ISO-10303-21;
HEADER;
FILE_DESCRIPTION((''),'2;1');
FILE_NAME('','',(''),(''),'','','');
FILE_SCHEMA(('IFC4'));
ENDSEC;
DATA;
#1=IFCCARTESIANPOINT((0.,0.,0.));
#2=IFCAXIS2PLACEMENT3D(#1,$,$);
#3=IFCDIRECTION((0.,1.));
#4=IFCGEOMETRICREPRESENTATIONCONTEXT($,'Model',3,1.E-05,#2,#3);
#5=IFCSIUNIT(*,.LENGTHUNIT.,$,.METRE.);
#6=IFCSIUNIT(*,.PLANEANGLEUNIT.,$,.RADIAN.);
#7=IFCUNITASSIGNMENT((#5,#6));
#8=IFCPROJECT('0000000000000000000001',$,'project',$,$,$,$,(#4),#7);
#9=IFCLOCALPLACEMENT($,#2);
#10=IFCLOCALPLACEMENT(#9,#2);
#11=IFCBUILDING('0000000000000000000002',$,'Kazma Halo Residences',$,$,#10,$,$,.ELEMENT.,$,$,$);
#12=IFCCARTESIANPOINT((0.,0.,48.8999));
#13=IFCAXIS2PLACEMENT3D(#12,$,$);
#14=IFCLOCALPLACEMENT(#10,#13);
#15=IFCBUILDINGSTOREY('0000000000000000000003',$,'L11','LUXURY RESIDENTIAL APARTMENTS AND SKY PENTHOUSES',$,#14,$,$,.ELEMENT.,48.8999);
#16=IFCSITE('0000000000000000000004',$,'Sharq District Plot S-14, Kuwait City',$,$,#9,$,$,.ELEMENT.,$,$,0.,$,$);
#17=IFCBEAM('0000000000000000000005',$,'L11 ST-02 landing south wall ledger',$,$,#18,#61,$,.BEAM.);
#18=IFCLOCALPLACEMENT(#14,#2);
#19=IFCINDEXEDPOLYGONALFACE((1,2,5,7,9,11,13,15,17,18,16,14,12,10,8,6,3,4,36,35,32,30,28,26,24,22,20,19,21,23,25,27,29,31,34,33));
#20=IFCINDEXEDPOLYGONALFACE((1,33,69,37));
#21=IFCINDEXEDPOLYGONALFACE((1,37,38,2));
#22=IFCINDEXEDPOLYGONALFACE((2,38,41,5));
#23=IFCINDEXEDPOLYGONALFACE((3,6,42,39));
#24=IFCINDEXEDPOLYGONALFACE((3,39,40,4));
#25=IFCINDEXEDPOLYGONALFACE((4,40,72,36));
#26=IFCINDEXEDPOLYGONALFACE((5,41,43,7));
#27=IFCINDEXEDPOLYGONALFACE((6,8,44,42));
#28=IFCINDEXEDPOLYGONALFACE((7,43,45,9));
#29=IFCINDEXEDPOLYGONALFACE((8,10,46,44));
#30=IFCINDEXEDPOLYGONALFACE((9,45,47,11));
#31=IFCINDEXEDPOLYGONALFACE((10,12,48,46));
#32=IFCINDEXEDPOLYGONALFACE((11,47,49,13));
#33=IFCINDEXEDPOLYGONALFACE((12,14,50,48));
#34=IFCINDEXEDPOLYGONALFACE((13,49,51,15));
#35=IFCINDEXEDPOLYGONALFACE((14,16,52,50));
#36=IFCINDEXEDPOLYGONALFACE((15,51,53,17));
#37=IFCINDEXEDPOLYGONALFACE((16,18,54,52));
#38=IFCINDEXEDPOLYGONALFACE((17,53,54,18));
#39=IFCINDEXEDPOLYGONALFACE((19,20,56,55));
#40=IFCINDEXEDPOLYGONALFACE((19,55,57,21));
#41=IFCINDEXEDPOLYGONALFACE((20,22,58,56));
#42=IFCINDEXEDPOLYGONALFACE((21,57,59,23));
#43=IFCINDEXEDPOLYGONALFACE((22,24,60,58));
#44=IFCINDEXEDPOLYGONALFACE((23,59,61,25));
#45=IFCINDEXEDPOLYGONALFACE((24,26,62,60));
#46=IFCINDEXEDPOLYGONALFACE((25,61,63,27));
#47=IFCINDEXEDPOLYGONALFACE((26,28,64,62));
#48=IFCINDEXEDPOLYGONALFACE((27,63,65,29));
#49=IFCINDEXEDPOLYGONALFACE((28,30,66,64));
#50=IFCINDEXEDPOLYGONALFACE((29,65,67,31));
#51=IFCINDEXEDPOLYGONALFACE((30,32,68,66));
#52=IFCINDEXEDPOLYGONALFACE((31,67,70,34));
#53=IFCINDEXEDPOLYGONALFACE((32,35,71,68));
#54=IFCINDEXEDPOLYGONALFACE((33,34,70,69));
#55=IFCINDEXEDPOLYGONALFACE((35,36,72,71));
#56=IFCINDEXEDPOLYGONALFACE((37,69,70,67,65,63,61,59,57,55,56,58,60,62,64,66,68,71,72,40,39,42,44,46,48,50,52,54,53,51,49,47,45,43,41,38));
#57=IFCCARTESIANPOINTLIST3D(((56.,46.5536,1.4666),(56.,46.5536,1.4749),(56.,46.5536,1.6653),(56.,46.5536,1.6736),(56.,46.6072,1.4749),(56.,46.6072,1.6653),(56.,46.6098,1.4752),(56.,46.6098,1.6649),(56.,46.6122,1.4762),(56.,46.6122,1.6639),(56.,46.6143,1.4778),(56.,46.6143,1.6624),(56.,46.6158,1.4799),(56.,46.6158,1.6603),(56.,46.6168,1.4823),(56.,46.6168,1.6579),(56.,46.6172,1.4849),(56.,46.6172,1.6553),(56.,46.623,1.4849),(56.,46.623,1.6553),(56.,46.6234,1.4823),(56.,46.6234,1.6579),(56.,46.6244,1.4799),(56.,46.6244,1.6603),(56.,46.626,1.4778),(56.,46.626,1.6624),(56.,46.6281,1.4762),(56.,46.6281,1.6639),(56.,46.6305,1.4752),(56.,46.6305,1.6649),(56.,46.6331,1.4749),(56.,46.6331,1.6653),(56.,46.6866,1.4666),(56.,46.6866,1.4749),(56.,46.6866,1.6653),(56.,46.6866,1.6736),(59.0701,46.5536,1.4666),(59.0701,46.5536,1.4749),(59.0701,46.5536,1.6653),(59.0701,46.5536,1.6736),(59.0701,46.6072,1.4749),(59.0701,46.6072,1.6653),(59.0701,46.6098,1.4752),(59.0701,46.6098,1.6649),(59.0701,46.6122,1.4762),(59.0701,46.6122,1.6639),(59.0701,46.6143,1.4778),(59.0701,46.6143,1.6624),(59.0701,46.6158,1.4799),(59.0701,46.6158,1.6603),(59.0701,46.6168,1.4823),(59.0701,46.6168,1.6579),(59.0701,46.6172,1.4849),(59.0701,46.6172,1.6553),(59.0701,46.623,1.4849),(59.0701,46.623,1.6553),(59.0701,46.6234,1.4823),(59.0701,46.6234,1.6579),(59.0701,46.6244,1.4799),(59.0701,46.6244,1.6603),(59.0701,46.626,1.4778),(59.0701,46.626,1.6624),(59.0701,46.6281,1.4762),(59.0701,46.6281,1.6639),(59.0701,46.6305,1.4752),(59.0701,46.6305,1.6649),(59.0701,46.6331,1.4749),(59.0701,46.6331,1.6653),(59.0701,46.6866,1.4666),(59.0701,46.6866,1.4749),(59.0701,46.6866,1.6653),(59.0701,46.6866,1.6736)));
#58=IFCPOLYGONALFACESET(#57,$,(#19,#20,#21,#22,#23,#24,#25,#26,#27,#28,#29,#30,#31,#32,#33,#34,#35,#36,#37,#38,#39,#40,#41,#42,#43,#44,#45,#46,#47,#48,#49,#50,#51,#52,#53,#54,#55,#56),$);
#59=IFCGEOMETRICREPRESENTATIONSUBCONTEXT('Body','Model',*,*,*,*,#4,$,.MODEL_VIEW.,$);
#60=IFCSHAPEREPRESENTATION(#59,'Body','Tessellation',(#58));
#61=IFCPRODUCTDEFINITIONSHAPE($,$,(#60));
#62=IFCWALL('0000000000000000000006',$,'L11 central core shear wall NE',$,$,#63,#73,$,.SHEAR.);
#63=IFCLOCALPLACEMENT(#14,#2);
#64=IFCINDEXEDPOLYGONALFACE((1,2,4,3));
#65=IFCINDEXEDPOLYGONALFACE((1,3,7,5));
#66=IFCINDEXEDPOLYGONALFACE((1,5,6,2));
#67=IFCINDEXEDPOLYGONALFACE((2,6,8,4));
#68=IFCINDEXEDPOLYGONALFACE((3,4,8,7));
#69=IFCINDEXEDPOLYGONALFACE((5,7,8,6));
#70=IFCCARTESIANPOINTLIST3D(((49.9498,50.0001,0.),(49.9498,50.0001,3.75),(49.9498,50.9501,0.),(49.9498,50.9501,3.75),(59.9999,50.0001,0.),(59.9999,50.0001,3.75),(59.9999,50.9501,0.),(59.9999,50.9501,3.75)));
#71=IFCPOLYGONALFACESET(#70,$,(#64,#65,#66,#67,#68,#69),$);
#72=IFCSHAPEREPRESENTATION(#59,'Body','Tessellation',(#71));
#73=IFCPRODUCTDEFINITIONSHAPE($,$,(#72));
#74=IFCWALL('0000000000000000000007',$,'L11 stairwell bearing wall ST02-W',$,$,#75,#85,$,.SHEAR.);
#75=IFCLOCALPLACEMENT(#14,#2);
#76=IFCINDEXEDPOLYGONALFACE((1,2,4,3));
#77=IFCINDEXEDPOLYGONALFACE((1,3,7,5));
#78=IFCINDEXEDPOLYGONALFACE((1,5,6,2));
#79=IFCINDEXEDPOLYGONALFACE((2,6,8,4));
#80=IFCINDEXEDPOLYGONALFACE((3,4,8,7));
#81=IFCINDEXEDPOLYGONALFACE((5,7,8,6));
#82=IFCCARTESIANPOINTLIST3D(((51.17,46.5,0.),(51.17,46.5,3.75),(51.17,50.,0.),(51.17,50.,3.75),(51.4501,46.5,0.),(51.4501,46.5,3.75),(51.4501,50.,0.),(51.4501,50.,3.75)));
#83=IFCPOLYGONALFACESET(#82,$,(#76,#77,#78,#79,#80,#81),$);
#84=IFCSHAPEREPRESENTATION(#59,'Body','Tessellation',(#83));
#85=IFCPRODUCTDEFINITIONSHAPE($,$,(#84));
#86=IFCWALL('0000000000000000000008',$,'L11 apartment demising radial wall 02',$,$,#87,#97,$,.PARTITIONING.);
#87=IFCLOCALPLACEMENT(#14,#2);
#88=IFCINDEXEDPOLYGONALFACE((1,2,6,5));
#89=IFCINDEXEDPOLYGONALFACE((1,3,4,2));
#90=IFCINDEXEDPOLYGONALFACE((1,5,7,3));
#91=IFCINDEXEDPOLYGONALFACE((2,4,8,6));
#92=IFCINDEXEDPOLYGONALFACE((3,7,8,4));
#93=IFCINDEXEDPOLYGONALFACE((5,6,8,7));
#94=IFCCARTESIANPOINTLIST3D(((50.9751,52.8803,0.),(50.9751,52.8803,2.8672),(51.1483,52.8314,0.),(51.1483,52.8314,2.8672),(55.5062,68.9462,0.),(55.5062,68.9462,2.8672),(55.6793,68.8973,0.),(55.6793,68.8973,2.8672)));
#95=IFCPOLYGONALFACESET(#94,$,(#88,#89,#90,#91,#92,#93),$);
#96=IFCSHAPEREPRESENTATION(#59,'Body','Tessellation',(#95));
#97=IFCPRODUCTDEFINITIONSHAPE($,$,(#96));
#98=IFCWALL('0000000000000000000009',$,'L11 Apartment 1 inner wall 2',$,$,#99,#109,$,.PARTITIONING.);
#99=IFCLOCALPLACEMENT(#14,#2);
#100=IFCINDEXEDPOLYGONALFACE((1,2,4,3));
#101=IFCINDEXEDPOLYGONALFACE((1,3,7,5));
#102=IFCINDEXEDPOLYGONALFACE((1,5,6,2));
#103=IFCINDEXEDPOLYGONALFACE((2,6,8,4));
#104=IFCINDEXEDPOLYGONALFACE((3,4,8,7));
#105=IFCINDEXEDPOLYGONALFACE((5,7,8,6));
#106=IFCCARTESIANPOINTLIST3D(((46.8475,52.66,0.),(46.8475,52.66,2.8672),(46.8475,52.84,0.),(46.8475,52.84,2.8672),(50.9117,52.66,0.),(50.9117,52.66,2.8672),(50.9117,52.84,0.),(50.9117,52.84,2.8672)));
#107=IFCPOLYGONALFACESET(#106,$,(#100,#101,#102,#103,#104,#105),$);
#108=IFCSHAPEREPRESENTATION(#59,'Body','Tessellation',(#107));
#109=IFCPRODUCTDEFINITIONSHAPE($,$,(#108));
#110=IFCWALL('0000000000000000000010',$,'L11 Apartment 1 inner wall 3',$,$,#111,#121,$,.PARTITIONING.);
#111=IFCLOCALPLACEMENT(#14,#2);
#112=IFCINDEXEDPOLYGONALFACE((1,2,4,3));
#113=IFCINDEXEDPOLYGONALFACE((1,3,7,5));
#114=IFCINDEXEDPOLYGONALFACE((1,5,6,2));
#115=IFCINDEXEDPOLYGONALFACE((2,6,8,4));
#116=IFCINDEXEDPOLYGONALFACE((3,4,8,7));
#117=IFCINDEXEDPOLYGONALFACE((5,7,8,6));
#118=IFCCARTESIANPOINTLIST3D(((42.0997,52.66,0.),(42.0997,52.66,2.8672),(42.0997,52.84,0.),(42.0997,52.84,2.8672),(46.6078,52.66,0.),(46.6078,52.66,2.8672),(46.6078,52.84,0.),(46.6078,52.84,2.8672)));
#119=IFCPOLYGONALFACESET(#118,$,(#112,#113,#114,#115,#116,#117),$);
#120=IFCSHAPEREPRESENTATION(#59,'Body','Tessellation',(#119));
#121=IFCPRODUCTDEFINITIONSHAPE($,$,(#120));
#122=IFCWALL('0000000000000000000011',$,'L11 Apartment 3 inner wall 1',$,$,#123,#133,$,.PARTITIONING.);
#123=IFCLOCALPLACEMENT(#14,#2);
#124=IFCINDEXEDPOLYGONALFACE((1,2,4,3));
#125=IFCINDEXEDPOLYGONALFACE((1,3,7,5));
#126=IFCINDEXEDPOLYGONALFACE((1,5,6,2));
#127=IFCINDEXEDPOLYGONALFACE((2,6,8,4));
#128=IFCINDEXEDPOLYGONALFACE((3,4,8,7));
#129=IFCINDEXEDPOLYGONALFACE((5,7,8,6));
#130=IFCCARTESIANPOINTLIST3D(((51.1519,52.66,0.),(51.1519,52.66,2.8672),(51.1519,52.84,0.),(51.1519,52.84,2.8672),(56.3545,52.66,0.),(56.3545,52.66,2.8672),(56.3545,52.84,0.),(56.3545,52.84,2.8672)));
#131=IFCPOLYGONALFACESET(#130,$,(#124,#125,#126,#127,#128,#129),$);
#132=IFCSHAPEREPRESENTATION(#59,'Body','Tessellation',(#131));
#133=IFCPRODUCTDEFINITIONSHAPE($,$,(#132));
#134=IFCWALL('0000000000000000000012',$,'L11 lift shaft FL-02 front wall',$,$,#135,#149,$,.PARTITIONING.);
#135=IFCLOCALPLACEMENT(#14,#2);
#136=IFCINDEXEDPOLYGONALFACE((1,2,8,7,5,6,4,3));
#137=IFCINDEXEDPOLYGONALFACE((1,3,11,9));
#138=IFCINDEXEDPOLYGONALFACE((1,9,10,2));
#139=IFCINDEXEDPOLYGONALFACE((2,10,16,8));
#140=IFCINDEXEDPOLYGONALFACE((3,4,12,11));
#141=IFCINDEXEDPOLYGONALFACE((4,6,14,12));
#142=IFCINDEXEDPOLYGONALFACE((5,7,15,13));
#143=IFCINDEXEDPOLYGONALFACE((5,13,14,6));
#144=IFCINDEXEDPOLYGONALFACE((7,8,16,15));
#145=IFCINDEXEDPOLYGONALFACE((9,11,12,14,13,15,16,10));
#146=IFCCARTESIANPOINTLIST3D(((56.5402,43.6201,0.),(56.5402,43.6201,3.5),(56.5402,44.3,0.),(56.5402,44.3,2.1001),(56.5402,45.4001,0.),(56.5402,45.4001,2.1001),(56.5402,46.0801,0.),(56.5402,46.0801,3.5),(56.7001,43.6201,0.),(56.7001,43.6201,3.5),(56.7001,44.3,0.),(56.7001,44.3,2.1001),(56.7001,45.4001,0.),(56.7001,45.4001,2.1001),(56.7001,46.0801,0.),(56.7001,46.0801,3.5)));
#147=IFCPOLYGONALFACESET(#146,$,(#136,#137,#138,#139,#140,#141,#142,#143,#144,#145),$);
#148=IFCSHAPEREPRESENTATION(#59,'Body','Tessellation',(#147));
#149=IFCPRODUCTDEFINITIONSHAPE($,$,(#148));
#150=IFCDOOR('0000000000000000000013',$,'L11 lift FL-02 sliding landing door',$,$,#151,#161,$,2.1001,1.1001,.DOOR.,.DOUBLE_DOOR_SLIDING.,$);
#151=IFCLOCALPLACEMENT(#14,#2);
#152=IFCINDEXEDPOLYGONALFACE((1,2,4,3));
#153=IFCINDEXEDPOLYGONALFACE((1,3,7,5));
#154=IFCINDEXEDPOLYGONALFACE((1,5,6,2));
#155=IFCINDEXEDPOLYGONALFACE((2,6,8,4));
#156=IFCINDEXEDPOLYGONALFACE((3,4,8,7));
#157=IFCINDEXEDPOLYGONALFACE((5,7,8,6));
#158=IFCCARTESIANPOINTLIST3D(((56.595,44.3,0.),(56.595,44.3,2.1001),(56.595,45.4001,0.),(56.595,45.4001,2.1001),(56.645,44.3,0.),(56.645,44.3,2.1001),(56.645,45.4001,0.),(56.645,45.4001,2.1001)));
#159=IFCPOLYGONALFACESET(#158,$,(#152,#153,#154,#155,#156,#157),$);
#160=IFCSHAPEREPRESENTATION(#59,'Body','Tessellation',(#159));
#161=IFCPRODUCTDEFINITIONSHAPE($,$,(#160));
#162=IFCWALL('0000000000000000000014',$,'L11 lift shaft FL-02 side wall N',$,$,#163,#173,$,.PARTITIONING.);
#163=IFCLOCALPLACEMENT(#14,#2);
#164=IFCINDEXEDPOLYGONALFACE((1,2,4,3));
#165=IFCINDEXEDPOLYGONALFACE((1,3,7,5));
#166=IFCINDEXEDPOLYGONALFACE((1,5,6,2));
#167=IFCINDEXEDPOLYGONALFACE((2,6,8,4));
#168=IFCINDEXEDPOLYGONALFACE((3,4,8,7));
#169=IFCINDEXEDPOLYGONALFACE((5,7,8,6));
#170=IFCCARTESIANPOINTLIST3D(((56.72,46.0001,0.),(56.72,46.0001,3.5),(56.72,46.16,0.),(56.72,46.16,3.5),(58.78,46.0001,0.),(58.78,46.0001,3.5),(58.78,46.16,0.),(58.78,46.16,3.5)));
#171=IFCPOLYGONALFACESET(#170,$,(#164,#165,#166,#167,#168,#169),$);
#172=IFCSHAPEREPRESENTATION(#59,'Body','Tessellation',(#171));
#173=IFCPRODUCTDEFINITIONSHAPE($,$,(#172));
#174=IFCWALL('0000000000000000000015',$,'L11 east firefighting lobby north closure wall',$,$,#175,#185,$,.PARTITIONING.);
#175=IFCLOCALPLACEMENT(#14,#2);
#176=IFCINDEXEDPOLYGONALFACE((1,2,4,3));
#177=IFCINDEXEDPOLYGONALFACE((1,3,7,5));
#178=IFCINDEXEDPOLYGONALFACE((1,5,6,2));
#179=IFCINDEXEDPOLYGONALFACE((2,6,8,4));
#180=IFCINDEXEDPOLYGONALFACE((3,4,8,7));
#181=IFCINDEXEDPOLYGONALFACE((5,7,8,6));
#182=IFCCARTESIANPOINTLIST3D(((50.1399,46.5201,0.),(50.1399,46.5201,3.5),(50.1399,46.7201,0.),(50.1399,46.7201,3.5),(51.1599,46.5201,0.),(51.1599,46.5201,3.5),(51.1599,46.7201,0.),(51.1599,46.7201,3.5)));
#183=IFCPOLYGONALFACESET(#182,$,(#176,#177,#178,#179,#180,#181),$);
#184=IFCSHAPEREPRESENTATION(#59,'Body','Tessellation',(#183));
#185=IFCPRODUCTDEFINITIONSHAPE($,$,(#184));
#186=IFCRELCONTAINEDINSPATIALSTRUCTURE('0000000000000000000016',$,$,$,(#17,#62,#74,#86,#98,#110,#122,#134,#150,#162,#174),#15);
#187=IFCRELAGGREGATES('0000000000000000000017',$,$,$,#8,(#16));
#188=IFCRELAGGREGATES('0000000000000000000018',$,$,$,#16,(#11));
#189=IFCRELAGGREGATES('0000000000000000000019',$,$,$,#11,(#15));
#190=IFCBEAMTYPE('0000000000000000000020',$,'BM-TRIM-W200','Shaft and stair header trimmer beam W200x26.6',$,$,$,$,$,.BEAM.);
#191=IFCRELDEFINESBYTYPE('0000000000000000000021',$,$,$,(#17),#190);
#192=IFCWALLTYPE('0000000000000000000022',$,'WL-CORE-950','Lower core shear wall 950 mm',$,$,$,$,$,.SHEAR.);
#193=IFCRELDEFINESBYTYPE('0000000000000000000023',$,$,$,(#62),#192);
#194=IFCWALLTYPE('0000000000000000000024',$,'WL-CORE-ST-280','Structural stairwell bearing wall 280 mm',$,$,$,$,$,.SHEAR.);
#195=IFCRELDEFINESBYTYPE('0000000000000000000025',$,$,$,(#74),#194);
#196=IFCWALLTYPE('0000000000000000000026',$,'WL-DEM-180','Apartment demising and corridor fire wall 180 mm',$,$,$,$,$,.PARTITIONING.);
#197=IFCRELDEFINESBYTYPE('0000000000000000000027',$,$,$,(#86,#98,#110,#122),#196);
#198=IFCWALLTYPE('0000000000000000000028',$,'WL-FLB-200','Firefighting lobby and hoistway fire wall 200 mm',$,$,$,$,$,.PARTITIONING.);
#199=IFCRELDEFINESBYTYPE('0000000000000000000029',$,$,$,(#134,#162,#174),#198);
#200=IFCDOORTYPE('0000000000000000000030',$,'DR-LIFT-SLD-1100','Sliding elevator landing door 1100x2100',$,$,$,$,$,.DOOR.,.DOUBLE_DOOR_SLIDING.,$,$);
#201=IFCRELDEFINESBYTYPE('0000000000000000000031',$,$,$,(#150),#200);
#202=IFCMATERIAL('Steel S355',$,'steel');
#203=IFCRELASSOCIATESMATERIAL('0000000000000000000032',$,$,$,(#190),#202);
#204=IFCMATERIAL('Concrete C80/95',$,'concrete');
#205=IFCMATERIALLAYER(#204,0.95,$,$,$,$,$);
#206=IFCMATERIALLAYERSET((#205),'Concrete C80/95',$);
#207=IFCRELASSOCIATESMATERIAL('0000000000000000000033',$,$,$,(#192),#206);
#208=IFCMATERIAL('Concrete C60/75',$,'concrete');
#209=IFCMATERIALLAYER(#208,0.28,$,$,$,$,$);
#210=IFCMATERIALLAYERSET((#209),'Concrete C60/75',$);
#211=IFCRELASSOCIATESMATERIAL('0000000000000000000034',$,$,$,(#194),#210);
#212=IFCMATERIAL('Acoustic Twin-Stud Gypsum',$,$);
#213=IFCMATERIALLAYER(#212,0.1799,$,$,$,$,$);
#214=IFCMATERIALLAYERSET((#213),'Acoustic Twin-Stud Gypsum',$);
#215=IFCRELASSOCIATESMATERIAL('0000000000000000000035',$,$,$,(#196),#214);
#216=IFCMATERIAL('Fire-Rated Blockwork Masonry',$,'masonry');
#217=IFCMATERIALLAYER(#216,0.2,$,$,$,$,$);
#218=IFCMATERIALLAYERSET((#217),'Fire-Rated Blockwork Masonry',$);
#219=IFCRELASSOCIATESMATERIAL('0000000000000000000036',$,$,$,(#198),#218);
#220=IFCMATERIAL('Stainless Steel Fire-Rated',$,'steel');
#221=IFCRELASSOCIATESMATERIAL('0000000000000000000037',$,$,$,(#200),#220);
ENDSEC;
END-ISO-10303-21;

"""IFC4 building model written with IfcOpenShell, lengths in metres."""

from ifc_helpers import new_model, si_unit, direction, frame, frame_2d, origin, origin_2d, place, context, subcontext, project, spatial, rectangle, i_section, extrude, material, layer, layer_set, material_profile, profile_set, type_object, element, fill, save


model = new_model("IFC4")

# Units and contexts
model_context = context("Model", 3, precision=1e-05, world=origin(), true_north=direction((0.0, 1.0)))
body_context = subcontext(model_context, "Body", "Model", "MODEL_VIEW")
ifc_project = project(units=[si_unit("LENGTHUNIT", "METRE"), si_unit("PLANEANGLEUNIT", "RADIAN")], contexts=[model_context])

# Site, building, storey
site_placement = place(None, origin())
site = spatial("IfcSite", under=ifc_project, at=site_placement, Name="Sharq District Plot S-14, Kuwait City", CompositionType="ELEMENT", RefElevation=0.0)
building_placement = place(site_placement, origin())
building = spatial("IfcBuilding", under=site, at=building_placement, Name="Kazma Halo Residences", CompositionType="ELEMENT")
storey_placement = place(building_placement, frame((0.0, 0.0, 48.8999)))
storey = spatial("IfcBuildingStorey", under=building, at=storey_placement, Name="L11", Description="LUXURY RESIDENTIAL APARTMENTS AND SKY PENTHOUSES", CompositionType="ELEMENT", Elevation=48.8999)

# Shared definitions
ifc_material_1 = material(Name="Steel S355", Category="steel")

# Beam
ifc_material_profile_1 = material_profile(ifc_material_1, i_section(OverallWidth=0.1331, OverallDepth=0.207, WebThickness=0.0059, FlangeThickness=0.0083, FilletRadius=0.01, at=origin_2d()), Name="W200x26.6")
ifc_profile_set_1 = profile_set([ifc_material_profile_1], Name="Steel S355")
beam_type_1 = type_object("IfcBeamType", Name="BM-TRIM-W200", Description="Shaft and stair header trimmer beam W200x26.6", PredefinedType="BEAM", material=ifc_profile_set_1)
beam_1_placement = place(storey_placement, frame((56.0, 46.6201, 1.5701), z_axis=(1.0, 0.0, 0.0), x_axis=(0.0, 1.0, 0.0)))
element("IfcBeam", 1, at=beam_1_placement, inside=storey, type_object=beam_type_1, Name="L11 ST-02 landing south wall ledger", PredefinedType="BEAM", context=body_context, shape_type="SweptSolid", body=[
    extrude(i_section(OverallWidth=0.1331, OverallDepth=0.207, WebThickness=0.0059, FlangeThickness=0.0083, FilletRadius=0.01, at=origin_2d()), origin(), (0.0, 0.0, 1.0), 3.0701),
])

# Walls
ifc_material_2 = material(Name="Concrete C80/95", Category="concrete")
ifc_layer_1 = layer(ifc_material_2, 0.95)
ifc_layer_set_1 = layer_set([ifc_layer_1], Name="Concrete C80/95")
wall_type_1 = type_object("IfcWallType", Name="WL-CORE-950", Description="Lower core shear wall 950 mm", PredefinedType="SHEAR", material=ifc_layer_set_1)
wall_1_placement = place(storey_placement, frame((49.95, 50.4751, 0.0), z_axis=(0.0, 0.0, 1.0), x_axis=(1.0, 0.0, 0.0)))
element("IfcWall", 2, at=wall_1_placement, inside=storey, type_object=wall_type_1, Name="L11 central core shear wall NE", PredefinedType="SHEAR", context=body_context, shape_type="SweptSolid", body=[
    extrude(rectangle(XDim=10.05, YDim=0.95, at=frame_2d((5.0249, 0.0))), origin(), (0.0, 0.0, 1.0), 3.75),
])
ifc_material_3 = material(Name="Concrete C60/75", Category="concrete")
ifc_layer_2 = layer(ifc_material_3, 0.28)
ifc_layer_set_2 = layer_set([ifc_layer_2], Name="Concrete C60/75")
wall_type_2 = type_object("IfcWallType", Name="WL-CORE-ST-280", Description="Structural stairwell bearing wall 280 mm", PredefinedType="SHEAR", material=ifc_layer_set_2)
wall_2_placement = place(storey_placement, frame((51.3101, 46.5, 0.0), z_axis=(0.0, 0.0, 1.0), x_axis=(0.0, 1.0, 0.0)))
element("IfcWall", 3, at=wall_2_placement, inside=storey, type_object=wall_type_2, Name="L11 stairwell bearing wall ST02-W", PredefinedType="SHEAR", context=body_context, shape_type="SweptSolid", body=[
    extrude(rectangle(XDim=3.5, YDim=0.28, at=frame_2d((1.75, 0.0))), origin(), (0.0, 0.0, 1.0), 3.75),
])
ifc_material_4 = material(Name="Acoustic Twin-Stud Gypsum")
ifc_layer_3 = layer(ifc_material_4, 0.1799)
ifc_layer_set_3 = layer_set([ifc_layer_3], Name="Acoustic Twin-Stud Gypsum")
wall_type_3 = type_object("IfcWallType", Name="WL-DEM-180", Description="Apartment demising and corridor fire wall 180 mm", PredefinedType="PARTITIONING", material=ifc_layer_set_3)
wall_3_placement = place(storey_placement, frame((51.0618, 52.856, 0.0), z_axis=(0.0, 0.0, 1.0), x_axis=(0.271438, 0.962456, 0.0)))
element("IfcWall", 4, at=wall_3_placement, inside=storey, type_object=wall_type_3, Name="L11 apartment demising radial wall 02", PredefinedType="PARTITIONING", context=body_context, shape_type="SweptSolid", body=[
    extrude(rectangle(XDim=16.6926, YDim=0.1799, at=frame_2d((8.3462, 0.0))), origin(), (0.0, 0.0, 1.0), 2.8672),
])
wall_4_placement = place(storey_placement, frame((50.9119, 52.75, 0.0), z_axis=(0.0, 0.0, 1.0), x_axis=(-1.0, 0.0, 0.0)))
element("IfcWall", 5, at=wall_4_placement, inside=storey, type_object=wall_type_3, Name="L11 Apartment 1 inner wall 2", PredefinedType="PARTITIONING", context=body_context, shape_type="SweptSolid", body=[
    extrude(rectangle(XDim=4.0642, YDim=0.1799, at=frame_2d((2.0322, 0.0))), origin(), (0.0, 0.0, 1.0), 2.8672),
])
wall_5_placement = place(storey_placement, frame((46.6077, 52.75, 0.0), z_axis=(0.0, 0.0, 1.0), x_axis=(-1.0, 0.0, 0.0)))
element("IfcWall", 6, at=wall_5_placement, inside=storey, type_object=wall_type_3, Name="L11 Apartment 1 inner wall 3", PredefinedType="PARTITIONING", context=body_context, shape_type="SweptSolid", body=[
    extrude(rectangle(XDim=4.5081, YDim=0.1799, at=frame_2d((2.2539, 0.0))), origin(), (0.0, 0.0, 1.0), 2.8672),
])
wall_6_placement = place(storey_placement, frame((56.3545, 52.75, 0.0), z_axis=(0.0, 0.0, 1.0), x_axis=(-1.0, 0.0, 0.0)))
element("IfcWall", 7, at=wall_6_placement, inside=storey, type_object=wall_type_3, Name="L11 Apartment 3 inner wall 1", PredefinedType="PARTITIONING", context=body_context, shape_type="SweptSolid", body=[
    extrude(rectangle(XDim=5.2026, YDim=0.1799, at=frame_2d((2.6013, 0.0))), origin(), (0.0, 0.0, 1.0), 2.8672),
])

# Wall, opening, door
ifc_material_5 = material(Name="Fire-Rated Blockwork Masonry", Category="masonry")
ifc_layer_4 = layer(ifc_material_5, 0.2)
ifc_layer_set_4 = layer_set([ifc_layer_4], Name="Fire-Rated Blockwork Masonry")
wall_type_4 = type_object("IfcWallType", Name="WL-FLB-200", Description="Firefighting lobby and hoistway fire wall 200 mm", PredefinedType="PARTITIONING", material=ifc_layer_set_4)
wall_7_placement = place(storey_placement, frame((56.6201, 46.0801, 0.0), z_axis=(0.0, 0.0, 1.0), x_axis=(0.0, -1.0, 0.0)))
wall_7 = element("IfcWall", 8, at=wall_7_placement, inside=storey, type_object=wall_type_4, Name="L11 lift shaft FL-02 front wall", PredefinedType="PARTITIONING", context=body_context, shape_type="SweptSolid", body=[
    extrude(rectangle(XDim=2.46, YDim=0.1599, at=frame_2d((1.23, 0.0))), origin(), (0.0, 0.0, 1.0), 3.5),
])
opening_1_placement = place(wall_7_placement, frame((0.6799, 0.0, 0.0)))
opening_1 = element("IfcOpeningElement", 9, at=opening_1_placement, cuts=wall_7, PredefinedType="OPENING", context=body_context, shape_type="SweptSolid", body=[
    extrude(rectangle(XDim=1.1001, YDim=2.1001, at=frame_2d((0.55, 1.05))), frame((0.0, 0.0898, 0.0), z_axis=(0.0, -1.0, 0.0), x_axis=(1.0, 0.0, 0.0)), (0.0, 0.0, 1.0), 0.1799),
])
ifc_material_6 = material(Name="Stainless Steel Fire-Rated", Category="steel")
door_type_1 = type_object("IfcDoorType", Name="DR-LIFT-SLD-1100", Description="Sliding elevator landing door 1100x2100", OperationType="DOUBLE_DOOR_SLIDING", PredefinedType="DOOR", material=ifc_material_6)
door_1_placement = place(opening_1_placement, origin())
door_1 = element("IfcDoor", 10, at=door_1_placement, inside=storey, type_object=door_type_1, Name="L11 lift FL-02 sliding landing door", OperationType="DOUBLE_DOOR_SLIDING", OverallHeight=2.1001, OverallWidth=1.1001, PredefinedType="DOOR", context=body_context, shape_type="SweptSolid", body=[
    extrude(rectangle(XDim=1.1001, YDim=2.1001, at=frame_2d((0.55, 1.05))), frame((0.0, 0.0249, 0.0), z_axis=(0.0, -1.0, 0.0), x_axis=(1.0, 0.0, 0.0)), (0.0, 0.0, 1.0), 0.05),
])
fill(opening_1, door_1)

# Walls
wall_8_placement = place(storey_placement, frame((56.72, 46.0801, 0.0), z_axis=(0.0, 0.0, 1.0), x_axis=(1.0, 0.0, 0.0)))
element("IfcWall", 11, at=wall_8_placement, inside=storey, type_object=wall_type_4, Name="L11 lift shaft FL-02 side wall N", PredefinedType="PARTITIONING", context=body_context, shape_type="SweptSolid", body=[
    extrude(rectangle(XDim=2.0601, YDim=0.1599, at=frame_2d((1.03, 0.0))), origin(), (0.0, 0.0, 1.0), 3.5),
])
wall_9_placement = place(storey_placement, frame((50.1399, 46.6201, 0.0), z_axis=(0.0, 0.0, 1.0), x_axis=(1.0, 0.0, 0.0)))
element("IfcWall", 12, at=wall_9_placement, inside=storey, type_object=wall_type_4, Name="L11 east firefighting lobby north closure wall", PredefinedType="PARTITIONING", context=body_context, shape_type="SweptSolid", body=[
    extrude(rectangle(XDim=1.02, YDim=0.2, at=frame_2d((0.51, 0.0))), origin(), (0.0, 0.0, 1.0), 3.5),
])

save(model, "model.ifc")
